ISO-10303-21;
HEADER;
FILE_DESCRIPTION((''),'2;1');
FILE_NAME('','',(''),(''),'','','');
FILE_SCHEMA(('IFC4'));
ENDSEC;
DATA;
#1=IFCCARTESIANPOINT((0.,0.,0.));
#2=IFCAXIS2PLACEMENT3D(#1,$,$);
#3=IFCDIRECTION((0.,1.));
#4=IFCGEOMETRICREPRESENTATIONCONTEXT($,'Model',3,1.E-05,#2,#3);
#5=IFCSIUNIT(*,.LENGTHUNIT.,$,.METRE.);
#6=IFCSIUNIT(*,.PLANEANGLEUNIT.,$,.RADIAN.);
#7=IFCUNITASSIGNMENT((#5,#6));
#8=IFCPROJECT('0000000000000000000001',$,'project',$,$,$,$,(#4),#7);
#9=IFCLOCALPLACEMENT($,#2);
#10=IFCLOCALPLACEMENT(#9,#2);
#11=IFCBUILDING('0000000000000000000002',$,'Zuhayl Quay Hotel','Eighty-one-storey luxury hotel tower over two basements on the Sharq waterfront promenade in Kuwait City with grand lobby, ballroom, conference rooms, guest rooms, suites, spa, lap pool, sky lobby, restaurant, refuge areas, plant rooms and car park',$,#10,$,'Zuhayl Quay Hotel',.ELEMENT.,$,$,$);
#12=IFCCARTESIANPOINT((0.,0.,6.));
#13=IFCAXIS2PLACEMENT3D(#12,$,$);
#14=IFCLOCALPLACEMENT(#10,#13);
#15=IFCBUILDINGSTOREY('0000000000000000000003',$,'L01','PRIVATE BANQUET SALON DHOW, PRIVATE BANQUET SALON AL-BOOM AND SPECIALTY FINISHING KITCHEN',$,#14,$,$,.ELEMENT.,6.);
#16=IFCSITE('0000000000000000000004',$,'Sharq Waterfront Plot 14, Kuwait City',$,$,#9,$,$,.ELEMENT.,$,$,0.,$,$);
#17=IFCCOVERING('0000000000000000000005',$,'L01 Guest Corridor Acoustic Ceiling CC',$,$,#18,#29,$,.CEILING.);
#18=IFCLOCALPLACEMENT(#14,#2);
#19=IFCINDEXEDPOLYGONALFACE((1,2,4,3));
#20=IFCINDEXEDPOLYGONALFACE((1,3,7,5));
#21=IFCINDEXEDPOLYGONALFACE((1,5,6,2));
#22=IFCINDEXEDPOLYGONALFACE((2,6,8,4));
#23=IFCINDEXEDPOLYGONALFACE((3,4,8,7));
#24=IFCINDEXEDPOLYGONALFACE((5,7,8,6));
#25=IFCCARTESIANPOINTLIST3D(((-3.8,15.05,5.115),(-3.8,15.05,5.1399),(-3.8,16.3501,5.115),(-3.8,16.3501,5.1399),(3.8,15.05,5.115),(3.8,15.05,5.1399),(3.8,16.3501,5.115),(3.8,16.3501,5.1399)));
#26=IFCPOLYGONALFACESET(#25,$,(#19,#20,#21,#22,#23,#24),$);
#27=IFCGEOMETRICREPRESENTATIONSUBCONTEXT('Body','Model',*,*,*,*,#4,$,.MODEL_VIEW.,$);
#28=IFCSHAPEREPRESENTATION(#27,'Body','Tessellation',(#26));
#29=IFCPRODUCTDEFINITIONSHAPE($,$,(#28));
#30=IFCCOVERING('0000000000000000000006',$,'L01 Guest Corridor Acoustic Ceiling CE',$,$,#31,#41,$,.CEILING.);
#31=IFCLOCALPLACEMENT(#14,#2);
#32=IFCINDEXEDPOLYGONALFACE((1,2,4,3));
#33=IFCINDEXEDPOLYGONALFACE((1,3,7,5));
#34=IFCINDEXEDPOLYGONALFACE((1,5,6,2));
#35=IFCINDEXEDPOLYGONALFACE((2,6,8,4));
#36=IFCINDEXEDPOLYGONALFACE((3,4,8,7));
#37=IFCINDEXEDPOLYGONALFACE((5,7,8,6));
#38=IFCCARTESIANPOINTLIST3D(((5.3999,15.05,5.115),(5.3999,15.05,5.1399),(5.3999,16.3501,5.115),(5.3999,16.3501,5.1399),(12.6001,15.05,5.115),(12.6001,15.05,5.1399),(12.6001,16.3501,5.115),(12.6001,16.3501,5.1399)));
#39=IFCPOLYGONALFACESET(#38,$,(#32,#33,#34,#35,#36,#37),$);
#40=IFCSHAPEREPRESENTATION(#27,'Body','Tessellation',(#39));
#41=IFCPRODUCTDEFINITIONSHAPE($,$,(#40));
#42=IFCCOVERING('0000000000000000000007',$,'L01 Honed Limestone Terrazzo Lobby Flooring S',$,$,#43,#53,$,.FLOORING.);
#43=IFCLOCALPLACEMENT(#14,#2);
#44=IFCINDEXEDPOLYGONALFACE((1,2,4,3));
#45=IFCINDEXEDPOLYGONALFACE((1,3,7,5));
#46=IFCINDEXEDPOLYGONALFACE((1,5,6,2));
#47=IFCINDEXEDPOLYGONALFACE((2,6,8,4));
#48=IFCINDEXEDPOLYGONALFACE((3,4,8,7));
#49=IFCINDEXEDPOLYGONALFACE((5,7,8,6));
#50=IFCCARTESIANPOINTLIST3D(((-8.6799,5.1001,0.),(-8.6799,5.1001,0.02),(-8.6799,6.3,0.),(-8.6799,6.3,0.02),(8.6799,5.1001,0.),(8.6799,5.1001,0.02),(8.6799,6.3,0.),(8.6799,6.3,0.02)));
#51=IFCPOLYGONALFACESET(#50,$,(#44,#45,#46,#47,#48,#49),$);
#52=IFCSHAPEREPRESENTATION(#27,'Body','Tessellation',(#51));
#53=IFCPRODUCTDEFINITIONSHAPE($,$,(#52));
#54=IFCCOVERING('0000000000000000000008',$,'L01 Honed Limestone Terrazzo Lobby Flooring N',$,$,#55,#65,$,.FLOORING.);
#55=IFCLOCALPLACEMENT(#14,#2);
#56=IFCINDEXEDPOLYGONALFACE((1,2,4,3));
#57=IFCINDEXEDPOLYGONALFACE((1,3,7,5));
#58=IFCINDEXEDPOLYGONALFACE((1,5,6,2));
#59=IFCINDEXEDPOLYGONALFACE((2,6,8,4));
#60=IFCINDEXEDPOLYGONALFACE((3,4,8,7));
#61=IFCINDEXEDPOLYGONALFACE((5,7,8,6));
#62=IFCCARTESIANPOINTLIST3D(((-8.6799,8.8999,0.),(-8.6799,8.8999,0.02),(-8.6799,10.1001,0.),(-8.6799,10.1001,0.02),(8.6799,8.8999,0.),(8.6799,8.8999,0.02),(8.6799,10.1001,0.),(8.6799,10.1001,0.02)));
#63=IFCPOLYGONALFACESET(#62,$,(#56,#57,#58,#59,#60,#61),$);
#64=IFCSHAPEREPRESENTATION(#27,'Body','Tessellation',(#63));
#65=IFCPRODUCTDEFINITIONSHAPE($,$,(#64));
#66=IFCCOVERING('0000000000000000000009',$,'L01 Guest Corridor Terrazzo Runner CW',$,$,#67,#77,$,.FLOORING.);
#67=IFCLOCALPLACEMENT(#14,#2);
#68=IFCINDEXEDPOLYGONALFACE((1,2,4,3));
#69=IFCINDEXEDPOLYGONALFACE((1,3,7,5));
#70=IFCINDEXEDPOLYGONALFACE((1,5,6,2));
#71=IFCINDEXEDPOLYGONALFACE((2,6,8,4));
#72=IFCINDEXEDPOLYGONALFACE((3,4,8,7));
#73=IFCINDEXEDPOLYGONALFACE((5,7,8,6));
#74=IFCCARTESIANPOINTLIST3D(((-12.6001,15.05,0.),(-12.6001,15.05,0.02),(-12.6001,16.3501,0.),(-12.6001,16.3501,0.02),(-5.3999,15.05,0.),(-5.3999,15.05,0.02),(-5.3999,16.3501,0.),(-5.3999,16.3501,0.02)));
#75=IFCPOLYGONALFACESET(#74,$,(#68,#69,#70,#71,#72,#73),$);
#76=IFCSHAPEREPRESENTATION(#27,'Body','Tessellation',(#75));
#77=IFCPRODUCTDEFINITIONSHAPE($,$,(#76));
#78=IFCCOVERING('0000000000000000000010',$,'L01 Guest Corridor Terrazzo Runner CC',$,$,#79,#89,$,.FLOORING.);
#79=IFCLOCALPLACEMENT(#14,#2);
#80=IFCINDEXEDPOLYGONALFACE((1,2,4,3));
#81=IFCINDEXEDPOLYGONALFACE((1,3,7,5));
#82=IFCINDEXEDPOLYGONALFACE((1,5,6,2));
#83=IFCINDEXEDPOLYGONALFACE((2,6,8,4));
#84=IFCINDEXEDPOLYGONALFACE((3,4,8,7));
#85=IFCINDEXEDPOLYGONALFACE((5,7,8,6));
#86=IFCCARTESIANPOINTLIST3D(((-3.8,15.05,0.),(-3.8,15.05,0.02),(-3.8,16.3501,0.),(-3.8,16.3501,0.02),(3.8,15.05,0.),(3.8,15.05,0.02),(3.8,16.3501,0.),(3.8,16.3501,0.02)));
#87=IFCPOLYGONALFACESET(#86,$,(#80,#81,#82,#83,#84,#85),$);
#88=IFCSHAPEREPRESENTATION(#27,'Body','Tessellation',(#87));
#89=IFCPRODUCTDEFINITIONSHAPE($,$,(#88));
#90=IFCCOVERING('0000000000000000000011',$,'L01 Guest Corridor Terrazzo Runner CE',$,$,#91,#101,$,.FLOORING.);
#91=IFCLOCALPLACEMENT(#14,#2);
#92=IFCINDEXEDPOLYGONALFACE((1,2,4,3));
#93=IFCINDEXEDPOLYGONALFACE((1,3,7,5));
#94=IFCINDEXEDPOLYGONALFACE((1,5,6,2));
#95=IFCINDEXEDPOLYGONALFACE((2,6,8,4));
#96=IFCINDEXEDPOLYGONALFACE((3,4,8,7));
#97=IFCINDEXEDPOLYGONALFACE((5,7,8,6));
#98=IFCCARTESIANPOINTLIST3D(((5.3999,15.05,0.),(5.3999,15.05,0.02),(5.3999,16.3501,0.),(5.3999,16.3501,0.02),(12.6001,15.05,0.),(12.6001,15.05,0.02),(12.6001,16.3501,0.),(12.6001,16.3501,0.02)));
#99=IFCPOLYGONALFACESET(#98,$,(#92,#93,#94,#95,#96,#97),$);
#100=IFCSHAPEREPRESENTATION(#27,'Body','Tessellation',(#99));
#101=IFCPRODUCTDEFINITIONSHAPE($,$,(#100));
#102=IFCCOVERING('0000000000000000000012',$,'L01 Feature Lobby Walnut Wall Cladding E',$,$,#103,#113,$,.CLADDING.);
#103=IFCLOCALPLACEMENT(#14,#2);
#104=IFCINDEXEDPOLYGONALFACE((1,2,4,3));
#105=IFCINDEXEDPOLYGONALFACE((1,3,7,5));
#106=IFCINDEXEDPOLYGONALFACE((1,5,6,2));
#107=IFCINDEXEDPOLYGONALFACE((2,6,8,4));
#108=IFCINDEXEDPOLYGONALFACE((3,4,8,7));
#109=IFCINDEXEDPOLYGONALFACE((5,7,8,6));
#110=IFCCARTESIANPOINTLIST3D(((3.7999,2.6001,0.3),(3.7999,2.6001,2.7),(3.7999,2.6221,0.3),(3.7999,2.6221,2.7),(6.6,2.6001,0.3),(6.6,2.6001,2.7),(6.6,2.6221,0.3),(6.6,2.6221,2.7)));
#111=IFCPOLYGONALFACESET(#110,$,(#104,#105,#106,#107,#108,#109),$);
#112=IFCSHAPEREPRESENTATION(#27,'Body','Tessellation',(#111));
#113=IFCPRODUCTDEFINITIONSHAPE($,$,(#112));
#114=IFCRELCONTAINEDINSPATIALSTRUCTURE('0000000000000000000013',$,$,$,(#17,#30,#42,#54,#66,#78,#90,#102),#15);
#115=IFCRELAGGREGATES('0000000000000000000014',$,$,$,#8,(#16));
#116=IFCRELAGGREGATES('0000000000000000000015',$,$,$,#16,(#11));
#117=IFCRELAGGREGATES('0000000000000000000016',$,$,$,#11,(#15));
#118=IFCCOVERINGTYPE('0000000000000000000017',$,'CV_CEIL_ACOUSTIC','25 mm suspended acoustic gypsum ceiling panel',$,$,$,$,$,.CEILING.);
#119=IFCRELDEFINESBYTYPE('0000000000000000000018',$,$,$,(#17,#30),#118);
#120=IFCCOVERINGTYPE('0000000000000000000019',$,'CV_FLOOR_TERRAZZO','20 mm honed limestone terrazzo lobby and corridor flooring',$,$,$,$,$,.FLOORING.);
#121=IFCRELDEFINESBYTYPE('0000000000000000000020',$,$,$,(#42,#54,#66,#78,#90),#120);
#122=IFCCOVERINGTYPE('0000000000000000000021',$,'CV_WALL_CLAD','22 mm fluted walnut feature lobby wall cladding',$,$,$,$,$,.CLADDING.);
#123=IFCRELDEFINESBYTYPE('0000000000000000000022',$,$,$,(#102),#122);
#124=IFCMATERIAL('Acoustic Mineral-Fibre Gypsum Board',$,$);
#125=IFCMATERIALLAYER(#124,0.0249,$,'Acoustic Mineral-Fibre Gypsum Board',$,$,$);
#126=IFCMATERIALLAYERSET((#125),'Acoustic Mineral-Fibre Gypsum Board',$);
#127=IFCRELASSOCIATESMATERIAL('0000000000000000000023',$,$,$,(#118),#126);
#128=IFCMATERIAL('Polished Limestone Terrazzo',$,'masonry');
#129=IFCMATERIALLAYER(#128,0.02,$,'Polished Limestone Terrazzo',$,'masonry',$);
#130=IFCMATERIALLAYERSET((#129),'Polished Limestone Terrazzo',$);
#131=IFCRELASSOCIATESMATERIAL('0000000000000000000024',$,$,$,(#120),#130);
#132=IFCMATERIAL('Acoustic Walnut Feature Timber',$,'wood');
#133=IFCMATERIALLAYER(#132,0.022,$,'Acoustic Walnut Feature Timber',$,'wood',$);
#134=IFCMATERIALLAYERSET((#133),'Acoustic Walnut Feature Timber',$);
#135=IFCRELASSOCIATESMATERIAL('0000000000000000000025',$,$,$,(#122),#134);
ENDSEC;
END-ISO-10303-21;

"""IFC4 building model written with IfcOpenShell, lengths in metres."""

from ifc_helpers import new_model, si_unit, direction, frame, origin, origin_2d, place, context, subcontext, project, spatial, polyline, rectangle, outline, extrude, material, layer, layer_set, type_object, element, save


model = new_model("IFC4")

# Units and contexts
model_context = context("Model", 3, precision=1e-05, world=origin(), true_north=direction((0.0, 1.0)))
body_context = subcontext(model_context, "Body", "Model", "MODEL_VIEW")
ifc_project = project(units=[si_unit("LENGTHUNIT", "METRE"), si_unit("PLANEANGLEUNIT", "RADIAN")], contexts=[model_context])

# Site, building, storey
site_placement = place(None, origin())
site = spatial("IfcSite", under=ifc_project, at=site_placement, Name="Sharq Waterfront Plot 14, Kuwait City", CompositionType="ELEMENT", RefElevation=0.0)
building_placement = place(site_placement, origin())
building = spatial("IfcBuilding", under=site, at=building_placement, Name="Zuhayl Quay Hotel", Description="Eighty-one-storey luxury hotel tower over two basements on the Sharq waterfront promenade in Kuwait City with grand lobby, ballroom, conference rooms, guest rooms, suites, spa, lap pool, sky lobby, restaurant, refuge areas, plant rooms and car park", LongName="Zuhayl Quay Hotel", CompositionType="ELEMENT")
storey_placement = place(building_placement, frame((0.0, 0.0, 6.0)))
storey = spatial("IfcBuildingStorey", under=building, at=storey_placement, Name="L01", Description="PRIVATE BANQUET SALON DHOW, PRIVATE BANQUET SALON AL-BOOM AND SPECIALTY FINISHING KITCHEN", CompositionType="ELEMENT", Elevation=6.0)

# Coverings
ifc_material_1 = material(Name="Acoustic Mineral-Fibre Gypsum Board")
ifc_layer_1 = layer(ifc_material_1, 0.0249, Name="Acoustic Mineral-Fibre Gypsum Board")
ifc_layer_set_1 = layer_set([ifc_layer_1], Name="Acoustic Mineral-Fibre Gypsum Board")
covering_type_1 = type_object("IfcCoveringType", Name="CV_CEIL_ACOUSTIC", Description="25 mm suspended acoustic gypsum ceiling panel", PredefinedType="CEILING", material=ifc_layer_set_1)
covering_1_placement = place(storey_placement, frame((0.0, 0.0, 5.115)))
element("IfcCovering", 1, at=covering_1_placement, inside=storey, type_object=covering_type_1, Name="L01 Guest Corridor Acoustic Ceiling CC", PredefinedType="CEILING", context=body_context, shape_type="SweptSolid", body=[
    extrude(outline(polyline([(-3.8, 15.05), (3.8, 15.05), (3.8, 16.3501), (-3.8, 16.3501), (-3.8, 15.05)])), origin(), (0.0, 0.0, 1.0), 0.0249),
])
covering_2_placement = place(storey_placement, frame((0.0, 0.0, 5.115)))
element("IfcCovering", 2, at=covering_2_placement, inside=storey, type_object=covering_type_1, Name="L01 Guest Corridor Acoustic Ceiling CE", PredefinedType="CEILING", context=body_context, shape_type="SweptSolid", body=[
    extrude(outline(polyline([(5.3999, 15.05), (12.6001, 15.05), (12.6001, 16.3501), (5.3999, 16.3501), (5.3999, 15.05)])), origin(), (0.0, 0.0, 1.0), 0.0249),
])
ifc_material_2 = material(Name="Polished Limestone Terrazzo", Category="masonry")
ifc_layer_2 = layer(ifc_material_2, 0.02, Name="Polished Limestone Terrazzo", Category="masonry")
ifc_layer_set_2 = layer_set([ifc_layer_2], Name="Polished Limestone Terrazzo")
covering_type_2 = type_object("IfcCoveringType", Name="CV_FLOOR_TERRAZZO", Description="20 mm honed limestone terrazzo lobby and corridor flooring", PredefinedType="FLOORING", material=ifc_layer_set_2)
covering_3_placement = place(storey_placement, origin())
element("IfcCovering", 3, at=covering_3_placement, inside=storey, type_object=covering_type_2, Name="L01 Honed Limestone Terrazzo Lobby Flooring S", PredefinedType="FLOORING", context=body_context, shape_type="SweptSolid", body=[
    extrude(outline(polyline([(-8.6799, 5.1001), (8.6799, 5.1001), (8.6799, 6.3), (-8.6799, 6.3), (-8.6799, 5.1001)])), origin(), (0.0, 0.0, 1.0), 0.02),
])
covering_4_placement = place(storey_placement, origin())
element("IfcCovering", 4, at=covering_4_placement, inside=storey, type_object=covering_type_2, Name="L01 Honed Limestone Terrazzo Lobby Flooring N", PredefinedType="FLOORING", context=body_context, shape_type="SweptSolid", body=[
    extrude(outline(polyline([(-8.6799, 8.8999), (8.6799, 8.8999), (8.6799, 10.1001), (-8.6799, 10.1001), (-8.6799, 8.8999)])), origin(), (0.0, 0.0, 1.0), 0.02),
])
covering_5_placement = place(storey_placement, origin())
element("IfcCovering", 5, at=covering_5_placement, inside=storey, type_object=covering_type_2, Name="L01 Guest Corridor Terrazzo Runner CW", PredefinedType="FLOORING", context=body_context, shape_type="SweptSolid", body=[
    extrude(outline(polyline([(-12.6001, 15.05), (-5.3999, 15.05), (-5.3999, 16.3501), (-12.6001, 16.3501), (-12.6001, 15.05)])), origin(), (0.0, 0.0, 1.0), 0.02),
])
covering_6_placement = place(storey_placement, origin())
element("IfcCovering", 6, at=covering_6_placement, inside=storey, type_object=covering_type_2, Name="L01 Guest Corridor Terrazzo Runner CC", PredefinedType="FLOORING", context=body_context, shape_type="SweptSolid", body=[
    extrude(outline(polyline([(-3.8, 15.05), (3.8, 15.05), (3.8, 16.3501), (-3.8, 16.3501), (-3.8, 15.05)])), origin(), (0.0, 0.0, 1.0), 0.02),
])
covering_7_placement = place(storey_placement, origin())
element("IfcCovering", 7, at=covering_7_placement, inside=storey, type_object=covering_type_2, Name="L01 Guest Corridor Terrazzo Runner CE", PredefinedType="FLOORING", context=body_context, shape_type="SweptSolid", body=[
    extrude(outline(polyline([(5.3999, 15.05), (12.6001, 15.05), (12.6001, 16.3501), (5.3999, 16.3501), (5.3999, 15.05)])), origin(), (0.0, 0.0, 1.0), 0.02),
])
ifc_material_3 = material(Name="Acoustic Walnut Feature Timber", Category="wood")
ifc_layer_3 = layer(ifc_material_3, 0.022, Name="Acoustic Walnut Feature Timber", Category="wood")
ifc_layer_set_3 = layer_set([ifc_layer_3], Name="Acoustic Walnut Feature Timber")
covering_type_3 = type_object("IfcCoveringType", Name="CV_WALL_CLAD", Description="22 mm fluted walnut feature lobby wall cladding", PredefinedType="CLADDING", material=ifc_layer_set_3)
covering_8_placement = place(storey_placement, frame((5.2, 2.6111, 0.3), z_axis=(0.0, 0.0, 1.0), x_axis=(1.0, 0.0, 0.0)))
element("IfcCovering", 8, at=covering_8_placement, inside=storey, type_object=covering_type_3, Name="L01 Feature Lobby Walnut Wall Cladding E", PredefinedType="CLADDING", context=body_context, shape_type="SweptSolid", body=[
    extrude(rectangle(XDim=2.8, YDim=0.022, at=origin_2d()), origin(), (0.0, 0.0, 1.0), 2.3999),
])

save(model, "model.ifc")
